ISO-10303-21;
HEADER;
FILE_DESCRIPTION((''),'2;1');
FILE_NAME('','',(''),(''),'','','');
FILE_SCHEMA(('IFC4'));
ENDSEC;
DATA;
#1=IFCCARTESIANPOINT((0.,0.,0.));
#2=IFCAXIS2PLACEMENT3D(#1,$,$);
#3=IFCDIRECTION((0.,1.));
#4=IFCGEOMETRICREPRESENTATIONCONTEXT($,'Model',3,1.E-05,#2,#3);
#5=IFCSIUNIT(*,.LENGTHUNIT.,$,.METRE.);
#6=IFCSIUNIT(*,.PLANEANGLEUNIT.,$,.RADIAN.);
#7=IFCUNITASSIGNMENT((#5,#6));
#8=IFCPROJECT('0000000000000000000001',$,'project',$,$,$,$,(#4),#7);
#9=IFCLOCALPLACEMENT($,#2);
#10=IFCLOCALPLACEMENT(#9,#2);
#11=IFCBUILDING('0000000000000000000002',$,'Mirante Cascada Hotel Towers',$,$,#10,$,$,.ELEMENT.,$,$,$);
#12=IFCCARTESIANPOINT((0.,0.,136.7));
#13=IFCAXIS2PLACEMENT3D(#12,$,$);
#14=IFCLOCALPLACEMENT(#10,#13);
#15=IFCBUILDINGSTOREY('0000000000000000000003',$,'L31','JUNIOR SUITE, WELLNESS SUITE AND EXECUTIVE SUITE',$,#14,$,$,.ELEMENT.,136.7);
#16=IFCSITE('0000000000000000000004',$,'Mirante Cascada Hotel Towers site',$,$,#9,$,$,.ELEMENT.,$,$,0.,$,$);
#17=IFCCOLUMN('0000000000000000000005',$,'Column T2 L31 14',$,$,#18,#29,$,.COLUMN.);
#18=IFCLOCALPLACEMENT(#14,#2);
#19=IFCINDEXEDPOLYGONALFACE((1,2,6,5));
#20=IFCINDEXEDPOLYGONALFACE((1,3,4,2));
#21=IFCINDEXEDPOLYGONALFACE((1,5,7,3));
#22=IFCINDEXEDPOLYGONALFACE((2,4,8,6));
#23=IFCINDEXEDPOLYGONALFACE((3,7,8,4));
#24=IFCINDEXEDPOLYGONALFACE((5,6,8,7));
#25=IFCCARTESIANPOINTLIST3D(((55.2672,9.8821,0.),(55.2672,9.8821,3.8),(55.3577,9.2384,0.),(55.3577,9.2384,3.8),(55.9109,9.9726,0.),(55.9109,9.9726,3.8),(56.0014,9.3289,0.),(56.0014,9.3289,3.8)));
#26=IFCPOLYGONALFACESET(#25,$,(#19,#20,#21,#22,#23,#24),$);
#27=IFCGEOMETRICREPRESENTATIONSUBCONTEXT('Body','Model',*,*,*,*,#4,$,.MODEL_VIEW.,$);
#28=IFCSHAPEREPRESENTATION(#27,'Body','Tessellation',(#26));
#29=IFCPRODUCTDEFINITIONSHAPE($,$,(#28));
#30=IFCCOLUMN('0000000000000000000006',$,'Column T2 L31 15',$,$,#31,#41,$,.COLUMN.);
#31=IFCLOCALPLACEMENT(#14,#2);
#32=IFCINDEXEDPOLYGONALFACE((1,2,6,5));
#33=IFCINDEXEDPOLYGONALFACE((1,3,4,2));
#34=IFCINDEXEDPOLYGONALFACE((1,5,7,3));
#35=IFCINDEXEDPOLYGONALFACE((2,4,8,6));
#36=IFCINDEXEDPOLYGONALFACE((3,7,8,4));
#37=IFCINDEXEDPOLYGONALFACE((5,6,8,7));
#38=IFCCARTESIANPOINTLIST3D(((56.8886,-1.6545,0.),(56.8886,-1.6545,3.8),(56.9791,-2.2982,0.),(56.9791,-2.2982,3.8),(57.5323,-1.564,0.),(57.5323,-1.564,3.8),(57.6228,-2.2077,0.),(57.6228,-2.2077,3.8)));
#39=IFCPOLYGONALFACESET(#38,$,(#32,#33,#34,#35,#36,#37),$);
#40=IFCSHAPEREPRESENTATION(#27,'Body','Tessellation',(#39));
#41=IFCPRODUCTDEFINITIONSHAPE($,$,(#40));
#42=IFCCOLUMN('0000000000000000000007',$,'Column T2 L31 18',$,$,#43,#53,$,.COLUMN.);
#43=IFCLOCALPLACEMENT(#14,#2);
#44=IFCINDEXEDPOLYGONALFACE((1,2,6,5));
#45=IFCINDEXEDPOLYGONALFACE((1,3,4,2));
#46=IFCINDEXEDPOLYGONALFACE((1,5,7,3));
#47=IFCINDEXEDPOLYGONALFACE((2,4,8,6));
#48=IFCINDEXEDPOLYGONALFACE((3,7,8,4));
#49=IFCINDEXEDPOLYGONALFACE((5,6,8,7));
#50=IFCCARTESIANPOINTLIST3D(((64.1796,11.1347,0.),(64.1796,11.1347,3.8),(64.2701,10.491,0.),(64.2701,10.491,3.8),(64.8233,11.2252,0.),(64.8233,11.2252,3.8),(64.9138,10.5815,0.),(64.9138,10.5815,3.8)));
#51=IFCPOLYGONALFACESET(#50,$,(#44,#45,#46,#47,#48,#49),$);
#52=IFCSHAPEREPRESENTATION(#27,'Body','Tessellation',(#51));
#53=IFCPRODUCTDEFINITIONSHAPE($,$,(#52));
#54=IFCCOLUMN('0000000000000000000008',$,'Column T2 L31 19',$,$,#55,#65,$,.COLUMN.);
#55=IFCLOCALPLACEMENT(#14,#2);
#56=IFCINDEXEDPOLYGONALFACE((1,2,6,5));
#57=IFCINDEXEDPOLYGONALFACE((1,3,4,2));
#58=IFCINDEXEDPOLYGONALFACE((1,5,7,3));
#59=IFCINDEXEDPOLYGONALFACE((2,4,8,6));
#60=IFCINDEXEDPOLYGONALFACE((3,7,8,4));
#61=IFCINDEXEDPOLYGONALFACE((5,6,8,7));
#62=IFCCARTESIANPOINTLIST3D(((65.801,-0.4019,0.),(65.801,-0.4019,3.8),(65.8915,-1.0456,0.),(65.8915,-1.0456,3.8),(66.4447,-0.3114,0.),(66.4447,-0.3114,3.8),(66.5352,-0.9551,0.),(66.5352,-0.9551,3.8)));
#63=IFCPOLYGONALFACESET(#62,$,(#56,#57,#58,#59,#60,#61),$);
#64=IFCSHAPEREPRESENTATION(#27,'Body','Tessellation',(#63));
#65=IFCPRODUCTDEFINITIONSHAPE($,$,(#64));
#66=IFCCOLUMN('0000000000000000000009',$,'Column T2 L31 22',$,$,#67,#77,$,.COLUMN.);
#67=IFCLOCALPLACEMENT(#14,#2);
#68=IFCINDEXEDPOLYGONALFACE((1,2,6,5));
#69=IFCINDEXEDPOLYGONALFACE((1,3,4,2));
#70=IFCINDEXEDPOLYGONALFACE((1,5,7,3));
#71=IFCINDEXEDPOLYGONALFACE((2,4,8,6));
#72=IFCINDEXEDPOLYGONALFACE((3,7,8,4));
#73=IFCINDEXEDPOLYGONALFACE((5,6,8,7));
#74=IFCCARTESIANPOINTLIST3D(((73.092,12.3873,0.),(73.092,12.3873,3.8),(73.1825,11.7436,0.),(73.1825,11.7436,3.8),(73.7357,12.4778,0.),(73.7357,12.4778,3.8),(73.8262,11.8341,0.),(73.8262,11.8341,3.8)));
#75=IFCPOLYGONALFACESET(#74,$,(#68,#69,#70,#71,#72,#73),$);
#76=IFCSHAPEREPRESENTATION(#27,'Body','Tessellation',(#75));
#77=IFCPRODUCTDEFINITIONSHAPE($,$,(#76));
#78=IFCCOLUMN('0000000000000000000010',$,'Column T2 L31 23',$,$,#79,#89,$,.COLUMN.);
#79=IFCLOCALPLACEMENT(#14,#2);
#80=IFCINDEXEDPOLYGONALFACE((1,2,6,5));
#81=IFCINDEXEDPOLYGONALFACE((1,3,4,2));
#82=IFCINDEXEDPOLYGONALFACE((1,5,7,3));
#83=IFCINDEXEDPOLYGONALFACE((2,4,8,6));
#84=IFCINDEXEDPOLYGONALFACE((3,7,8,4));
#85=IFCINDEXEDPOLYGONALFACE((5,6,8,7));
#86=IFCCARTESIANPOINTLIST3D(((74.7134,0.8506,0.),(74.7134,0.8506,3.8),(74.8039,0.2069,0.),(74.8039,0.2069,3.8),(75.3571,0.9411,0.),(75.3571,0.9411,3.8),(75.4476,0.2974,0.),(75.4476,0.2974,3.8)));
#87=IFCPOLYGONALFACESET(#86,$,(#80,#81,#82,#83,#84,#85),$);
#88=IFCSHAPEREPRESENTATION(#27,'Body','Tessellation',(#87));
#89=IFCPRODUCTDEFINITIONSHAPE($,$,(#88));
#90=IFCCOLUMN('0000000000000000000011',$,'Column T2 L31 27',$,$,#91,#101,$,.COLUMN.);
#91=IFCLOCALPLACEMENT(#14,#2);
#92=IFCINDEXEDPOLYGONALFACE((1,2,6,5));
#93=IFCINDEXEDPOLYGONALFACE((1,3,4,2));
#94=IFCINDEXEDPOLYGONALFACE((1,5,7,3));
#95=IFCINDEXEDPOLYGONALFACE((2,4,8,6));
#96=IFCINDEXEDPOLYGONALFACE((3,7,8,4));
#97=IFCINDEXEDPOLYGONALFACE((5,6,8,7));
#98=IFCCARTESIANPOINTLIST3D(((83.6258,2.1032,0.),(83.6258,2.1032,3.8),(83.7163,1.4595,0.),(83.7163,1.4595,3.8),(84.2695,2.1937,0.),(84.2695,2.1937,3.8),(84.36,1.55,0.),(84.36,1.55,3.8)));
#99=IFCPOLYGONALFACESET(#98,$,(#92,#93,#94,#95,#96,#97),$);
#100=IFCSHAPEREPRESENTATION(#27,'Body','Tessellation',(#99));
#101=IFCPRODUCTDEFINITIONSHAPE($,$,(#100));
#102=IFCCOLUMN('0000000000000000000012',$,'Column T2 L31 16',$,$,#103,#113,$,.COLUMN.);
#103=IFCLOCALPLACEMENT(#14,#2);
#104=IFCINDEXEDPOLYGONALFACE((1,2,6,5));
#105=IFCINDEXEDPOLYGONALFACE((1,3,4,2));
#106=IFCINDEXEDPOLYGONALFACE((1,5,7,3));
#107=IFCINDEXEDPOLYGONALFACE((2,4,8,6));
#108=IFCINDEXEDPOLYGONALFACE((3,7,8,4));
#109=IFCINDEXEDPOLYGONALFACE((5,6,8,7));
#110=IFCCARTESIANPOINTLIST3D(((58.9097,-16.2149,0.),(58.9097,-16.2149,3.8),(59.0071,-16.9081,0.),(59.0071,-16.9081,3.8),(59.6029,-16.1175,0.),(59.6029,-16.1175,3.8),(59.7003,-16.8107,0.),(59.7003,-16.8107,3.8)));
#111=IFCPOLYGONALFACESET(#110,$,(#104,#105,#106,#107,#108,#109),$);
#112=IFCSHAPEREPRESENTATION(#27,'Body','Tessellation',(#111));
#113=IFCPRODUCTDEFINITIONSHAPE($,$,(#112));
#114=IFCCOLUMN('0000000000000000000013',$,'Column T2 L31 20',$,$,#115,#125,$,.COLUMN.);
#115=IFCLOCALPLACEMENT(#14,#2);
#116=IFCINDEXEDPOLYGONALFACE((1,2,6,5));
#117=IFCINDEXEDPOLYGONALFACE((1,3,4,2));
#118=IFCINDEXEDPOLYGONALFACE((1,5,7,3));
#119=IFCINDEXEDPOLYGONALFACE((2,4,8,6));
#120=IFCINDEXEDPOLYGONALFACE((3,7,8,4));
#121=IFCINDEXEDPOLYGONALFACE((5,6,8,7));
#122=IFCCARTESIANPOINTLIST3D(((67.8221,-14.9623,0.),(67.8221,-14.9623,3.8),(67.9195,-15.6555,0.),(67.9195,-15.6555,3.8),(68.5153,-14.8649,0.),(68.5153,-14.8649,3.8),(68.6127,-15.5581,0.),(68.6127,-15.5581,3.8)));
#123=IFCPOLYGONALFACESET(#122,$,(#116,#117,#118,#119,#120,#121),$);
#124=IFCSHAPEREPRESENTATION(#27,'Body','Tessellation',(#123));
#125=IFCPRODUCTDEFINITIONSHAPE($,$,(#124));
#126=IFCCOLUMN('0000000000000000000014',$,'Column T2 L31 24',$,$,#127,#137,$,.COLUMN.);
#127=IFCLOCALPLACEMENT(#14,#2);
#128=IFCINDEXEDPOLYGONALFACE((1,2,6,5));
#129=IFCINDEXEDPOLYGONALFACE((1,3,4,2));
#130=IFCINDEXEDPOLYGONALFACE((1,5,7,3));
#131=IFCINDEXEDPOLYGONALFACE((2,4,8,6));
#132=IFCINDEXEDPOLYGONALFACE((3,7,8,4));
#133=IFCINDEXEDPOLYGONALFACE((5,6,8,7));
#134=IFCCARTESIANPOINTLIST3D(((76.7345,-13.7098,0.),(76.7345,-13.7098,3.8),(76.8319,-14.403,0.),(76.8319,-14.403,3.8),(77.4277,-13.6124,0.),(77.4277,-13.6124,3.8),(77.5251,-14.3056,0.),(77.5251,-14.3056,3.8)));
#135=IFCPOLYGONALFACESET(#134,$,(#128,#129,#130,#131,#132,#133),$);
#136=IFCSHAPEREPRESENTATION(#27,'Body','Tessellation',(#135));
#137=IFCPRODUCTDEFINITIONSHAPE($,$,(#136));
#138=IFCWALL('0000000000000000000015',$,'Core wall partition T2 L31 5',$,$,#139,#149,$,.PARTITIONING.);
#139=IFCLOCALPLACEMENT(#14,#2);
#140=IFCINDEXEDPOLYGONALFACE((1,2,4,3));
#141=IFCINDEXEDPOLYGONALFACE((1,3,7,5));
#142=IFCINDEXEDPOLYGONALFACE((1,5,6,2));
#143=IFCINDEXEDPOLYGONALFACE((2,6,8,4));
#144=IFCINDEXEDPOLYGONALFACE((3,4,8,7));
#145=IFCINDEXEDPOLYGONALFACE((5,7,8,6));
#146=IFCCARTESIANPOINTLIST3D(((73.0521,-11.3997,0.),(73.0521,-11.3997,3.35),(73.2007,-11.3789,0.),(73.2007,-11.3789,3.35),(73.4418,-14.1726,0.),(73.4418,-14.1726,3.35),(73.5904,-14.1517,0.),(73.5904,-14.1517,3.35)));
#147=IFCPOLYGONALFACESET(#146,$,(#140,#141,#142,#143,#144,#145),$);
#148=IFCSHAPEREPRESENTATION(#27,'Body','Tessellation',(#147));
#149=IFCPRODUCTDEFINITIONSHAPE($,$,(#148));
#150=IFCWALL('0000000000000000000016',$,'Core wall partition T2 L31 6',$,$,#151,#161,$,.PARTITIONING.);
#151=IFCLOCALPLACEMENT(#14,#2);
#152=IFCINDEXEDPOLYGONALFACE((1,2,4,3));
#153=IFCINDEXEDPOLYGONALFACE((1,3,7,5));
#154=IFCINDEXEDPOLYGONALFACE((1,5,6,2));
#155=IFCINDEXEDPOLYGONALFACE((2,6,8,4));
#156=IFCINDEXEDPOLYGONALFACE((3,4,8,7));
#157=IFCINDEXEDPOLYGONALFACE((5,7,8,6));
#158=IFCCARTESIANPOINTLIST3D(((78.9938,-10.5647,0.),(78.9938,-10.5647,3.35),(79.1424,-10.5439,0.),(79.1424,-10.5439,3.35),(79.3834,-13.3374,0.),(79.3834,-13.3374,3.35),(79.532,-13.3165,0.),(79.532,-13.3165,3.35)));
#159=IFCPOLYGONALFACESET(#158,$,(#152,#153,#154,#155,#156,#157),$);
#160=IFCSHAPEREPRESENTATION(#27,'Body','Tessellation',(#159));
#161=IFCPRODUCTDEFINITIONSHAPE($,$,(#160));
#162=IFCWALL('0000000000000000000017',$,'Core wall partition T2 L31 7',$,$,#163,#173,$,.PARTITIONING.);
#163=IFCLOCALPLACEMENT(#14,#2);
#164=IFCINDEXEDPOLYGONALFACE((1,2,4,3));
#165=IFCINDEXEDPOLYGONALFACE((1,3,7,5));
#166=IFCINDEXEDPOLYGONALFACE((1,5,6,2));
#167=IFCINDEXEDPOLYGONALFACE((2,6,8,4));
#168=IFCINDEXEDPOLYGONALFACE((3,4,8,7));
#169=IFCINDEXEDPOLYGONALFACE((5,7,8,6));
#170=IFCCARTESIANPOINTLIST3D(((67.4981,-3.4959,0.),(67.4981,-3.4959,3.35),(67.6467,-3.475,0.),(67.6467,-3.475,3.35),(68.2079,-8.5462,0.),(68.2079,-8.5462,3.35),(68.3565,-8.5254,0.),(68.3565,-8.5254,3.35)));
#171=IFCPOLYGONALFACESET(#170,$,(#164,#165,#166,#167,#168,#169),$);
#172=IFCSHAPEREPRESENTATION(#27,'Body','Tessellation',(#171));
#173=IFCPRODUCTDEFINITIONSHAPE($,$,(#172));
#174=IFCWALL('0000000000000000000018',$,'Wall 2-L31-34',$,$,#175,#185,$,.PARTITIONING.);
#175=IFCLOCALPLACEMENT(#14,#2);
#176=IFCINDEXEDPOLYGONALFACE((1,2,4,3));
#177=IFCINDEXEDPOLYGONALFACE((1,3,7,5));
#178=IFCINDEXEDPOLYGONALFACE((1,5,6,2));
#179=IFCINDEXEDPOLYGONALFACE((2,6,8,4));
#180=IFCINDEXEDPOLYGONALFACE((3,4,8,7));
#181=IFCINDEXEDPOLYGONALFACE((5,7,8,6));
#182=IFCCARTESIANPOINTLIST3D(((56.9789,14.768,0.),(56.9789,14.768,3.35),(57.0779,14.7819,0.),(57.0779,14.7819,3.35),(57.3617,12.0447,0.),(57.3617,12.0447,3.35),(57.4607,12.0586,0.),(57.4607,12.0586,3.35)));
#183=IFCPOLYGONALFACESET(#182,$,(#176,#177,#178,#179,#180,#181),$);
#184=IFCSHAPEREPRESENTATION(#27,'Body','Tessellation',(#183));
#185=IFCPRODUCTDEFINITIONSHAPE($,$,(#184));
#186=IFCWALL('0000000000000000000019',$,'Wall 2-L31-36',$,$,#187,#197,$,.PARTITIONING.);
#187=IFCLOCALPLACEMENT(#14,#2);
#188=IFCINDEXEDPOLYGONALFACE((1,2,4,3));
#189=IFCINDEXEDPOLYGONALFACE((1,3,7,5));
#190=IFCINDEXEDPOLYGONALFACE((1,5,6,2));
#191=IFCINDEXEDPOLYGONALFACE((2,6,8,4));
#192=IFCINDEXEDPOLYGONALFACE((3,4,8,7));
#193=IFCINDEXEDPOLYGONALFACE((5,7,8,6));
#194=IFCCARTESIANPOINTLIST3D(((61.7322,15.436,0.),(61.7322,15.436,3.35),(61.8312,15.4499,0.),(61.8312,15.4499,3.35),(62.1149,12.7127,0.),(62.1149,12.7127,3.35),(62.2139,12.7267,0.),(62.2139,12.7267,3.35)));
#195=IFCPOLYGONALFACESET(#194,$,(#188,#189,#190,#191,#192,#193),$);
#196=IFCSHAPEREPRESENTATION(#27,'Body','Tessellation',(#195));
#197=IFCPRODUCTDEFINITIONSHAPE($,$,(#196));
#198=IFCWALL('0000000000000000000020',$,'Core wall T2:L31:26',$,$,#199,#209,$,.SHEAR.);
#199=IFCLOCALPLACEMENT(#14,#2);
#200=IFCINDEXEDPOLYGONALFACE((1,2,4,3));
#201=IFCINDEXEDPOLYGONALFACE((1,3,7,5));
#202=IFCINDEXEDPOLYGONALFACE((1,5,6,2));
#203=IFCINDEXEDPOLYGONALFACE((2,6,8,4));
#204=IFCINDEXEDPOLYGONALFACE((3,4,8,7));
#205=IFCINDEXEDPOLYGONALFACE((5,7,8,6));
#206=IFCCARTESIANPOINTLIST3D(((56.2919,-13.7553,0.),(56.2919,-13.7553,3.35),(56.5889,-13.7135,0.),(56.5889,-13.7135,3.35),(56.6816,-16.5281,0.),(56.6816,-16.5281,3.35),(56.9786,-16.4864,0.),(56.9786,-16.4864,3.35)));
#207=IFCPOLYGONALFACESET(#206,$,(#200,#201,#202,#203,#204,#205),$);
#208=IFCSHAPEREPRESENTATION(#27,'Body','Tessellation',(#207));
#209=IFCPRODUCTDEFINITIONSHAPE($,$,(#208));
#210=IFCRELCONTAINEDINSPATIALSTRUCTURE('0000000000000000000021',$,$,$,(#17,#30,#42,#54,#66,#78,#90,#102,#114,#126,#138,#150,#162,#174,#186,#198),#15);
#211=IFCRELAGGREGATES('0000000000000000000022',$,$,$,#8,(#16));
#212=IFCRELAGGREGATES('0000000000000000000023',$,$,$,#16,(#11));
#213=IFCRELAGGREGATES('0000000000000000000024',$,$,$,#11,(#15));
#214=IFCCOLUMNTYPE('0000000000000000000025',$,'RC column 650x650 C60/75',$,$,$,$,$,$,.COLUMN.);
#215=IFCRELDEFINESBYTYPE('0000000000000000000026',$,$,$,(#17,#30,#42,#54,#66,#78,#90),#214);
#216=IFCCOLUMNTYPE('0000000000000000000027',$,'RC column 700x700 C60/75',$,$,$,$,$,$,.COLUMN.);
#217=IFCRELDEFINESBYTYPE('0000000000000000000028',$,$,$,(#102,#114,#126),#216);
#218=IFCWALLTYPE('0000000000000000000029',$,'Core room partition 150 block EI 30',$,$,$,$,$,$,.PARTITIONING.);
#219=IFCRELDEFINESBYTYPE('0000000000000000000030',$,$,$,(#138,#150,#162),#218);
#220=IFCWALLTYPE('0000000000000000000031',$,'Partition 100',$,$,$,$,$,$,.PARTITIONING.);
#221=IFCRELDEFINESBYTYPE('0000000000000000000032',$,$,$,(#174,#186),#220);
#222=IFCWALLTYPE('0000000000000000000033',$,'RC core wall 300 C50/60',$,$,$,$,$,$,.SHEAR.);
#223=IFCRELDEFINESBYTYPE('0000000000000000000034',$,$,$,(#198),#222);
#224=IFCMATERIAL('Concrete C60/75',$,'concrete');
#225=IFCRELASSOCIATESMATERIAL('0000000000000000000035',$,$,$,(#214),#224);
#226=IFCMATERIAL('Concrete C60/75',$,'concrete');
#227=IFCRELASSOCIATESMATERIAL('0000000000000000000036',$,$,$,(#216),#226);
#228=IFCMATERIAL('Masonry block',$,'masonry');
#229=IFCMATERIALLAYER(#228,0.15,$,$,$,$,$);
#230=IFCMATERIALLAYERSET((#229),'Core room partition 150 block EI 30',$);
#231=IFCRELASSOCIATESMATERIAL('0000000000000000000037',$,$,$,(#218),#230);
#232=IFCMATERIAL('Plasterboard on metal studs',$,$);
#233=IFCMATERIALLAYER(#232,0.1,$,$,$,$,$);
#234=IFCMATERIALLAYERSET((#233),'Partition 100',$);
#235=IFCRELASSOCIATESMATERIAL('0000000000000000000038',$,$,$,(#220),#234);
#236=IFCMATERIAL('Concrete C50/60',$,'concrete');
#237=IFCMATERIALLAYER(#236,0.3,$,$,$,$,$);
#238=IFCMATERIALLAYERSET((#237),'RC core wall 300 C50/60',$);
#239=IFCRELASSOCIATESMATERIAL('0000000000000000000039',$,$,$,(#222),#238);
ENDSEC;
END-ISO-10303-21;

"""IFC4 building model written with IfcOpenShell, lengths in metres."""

from ifc_helpers import new_model, si_unit, direction, frame, frame_2d, origin, origin_2d, place, context, subcontext, project, spatial, rectangle, extrude, material, layer, layer_set, material_profile, profile_set, type_object, element, save


model = new_model("IFC4")

# Units and contexts
model_context = context("Model", 3, precision=1e-05, world=origin(), true_north=direction((0.0, 1.0)))
body_context = subcontext(model_context, "Body", "Model", "MODEL_VIEW")
ifc_project = project(units=[si_unit("LENGTHUNIT", "METRE"), si_unit("PLANEANGLEUNIT", "RADIAN")], contexts=[model_context])

# Site, building, storey
site_placement = place(None, origin())
site = spatial("IfcSite", under=ifc_project, at=site_placement, Name="Mirante Cascada Hotel Towers site", CompositionType="ELEMENT", RefElevation=0.0)
building_placement = place(site_placement, origin())
building = spatial("IfcBuilding", under=site, at=building_placement, Name="Mirante Cascada Hotel Towers", CompositionType="ELEMENT")
storey_placement = place(building_placement, frame((0.0, 0.0, 136.7)))
storey = spatial("IfcBuildingStorey", under=building, at=storey_placement, Name="L31", Description="JUNIOR SUITE, WELLNESS SUITE AND EXECUTIVE SUITE", CompositionType="ELEMENT", Elevation=136.7)

# Columns
ifc_material_1 = material(Name="Concrete C60/75", Category="concrete")
ifc_material_profile_1 = material_profile(ifc_material_1, rectangle(XDim=0.65, YDim=0.65, at=origin_2d()), Name="RC column 650x650 C60/75")
ifc_profile_set_1 = profile_set([ifc_material_profile_1], Name="Concrete C60/75")
column_type_1 = type_object("IfcColumnType", Name="RC column 650x650 C60/75", PredefinedType="COLUMN", material=ifc_profile_set_1)
for number, where, z_axis, x_axis, name in (
    (1, (55.6343, 9.6055, 0.0), (0.0, 0.0, 1.0), (0.990268, 0.139173, 0.0), "Column T2 L31 14"),
    (2, (57.2557, -1.9311, 0.0), (0.0, 0.0, 1.0), (0.990268, 0.139173, 0.0), "Column T2 L31 15"),
    (3, (64.5467, 10.8581, 0.0), (0.0, 0.0, 1.0), (0.990268, 0.139173, 0.0), "Column T2 L31 18"),
    (4, (66.1681, -0.6785, 0.0), (0.0, 0.0, 1.0), (0.990268, 0.139173, 0.0), "Column T2 L31 19"),
    (5, (73.4591, 12.1107, 0.0), (0.0, 0.0, 1.0), (0.990268, 0.139173, 0.0), "Column T2 L31 22"),
    (6, (75.0805, 0.574, 0.0), (0.0, 0.0, 1.0), (0.990268, 0.139173, 0.0), "Column T2 L31 23"),
    (7, (83.9929, 1.8266, 0.0), (0.0, 0.0, 1.0), (0.990268, 0.139173, 0.0), "Column T2 L31 27"),
):
    element("IfcColumn", number, at=place(storey_placement, frame(where, z_axis=z_axis, x_axis=x_axis)), inside=storey, type_object=column_type_1, Name=name, PredefinedType="COLUMN", context=body_context, shape_type="SweptSolid", body=[
        extrude(rectangle(XDim=0.65, YDim=0.65, at=origin_2d()), origin(), (0.0, 0.0, 1.0), 3.8),
    ])
ifc_material_2 = material(Name="Concrete C60/75", Category="concrete")
ifc_material_profile_2 = material_profile(ifc_material_2, rectangle(XDim=0.7, YDim=0.7, at=origin_2d()), Name="RC column 700x700 C60/75")
ifc_profile_set_2 = profile_set([ifc_material_profile_2], Name="Concrete C60/75")
column_type_2 = type_object("IfcColumnType", Name="RC column 700x700 C60/75", PredefinedType="COLUMN", material=ifc_profile_set_2)
for number, where, z_axis, x_axis, name in (
    (8, (59.305, -16.5128, 0.0), (0.0, 0.0, 1.0), (0.990268, 0.139173, 0.0), "Column T2 L31 16"),
    (9, (68.2174, -15.2602, 0.0), (0.0, 0.0, 1.0), (0.990268, 0.139173, 0.0), "Column T2 L31 20"),
    (10, (77.1298, -14.0077, 0.0), (0.0, 0.0, 1.0), (0.990268, 0.139173, 0.0), "Column T2 L31 24"),
):
    element("IfcColumn", number, at=place(storey_placement, frame(where, z_axis=z_axis, x_axis=x_axis)), inside=storey, type_object=column_type_2, Name=name, PredefinedType="COLUMN", context=body_context, shape_type="SweptSolid", body=[
        extrude(rectangle(XDim=0.7, YDim=0.7, at=origin_2d()), origin(), (0.0, 0.0, 1.0), 3.8),
    ])

# Walls
ifc_material_3 = material(Name="Masonry block", Category="masonry")
ifc_layer_1 = layer(ifc_material_3, 0.15)
ifc_layer_set_1 = layer_set([ifc_layer_1], Name="Core room partition 150 block EI 30")
wall_type_1 = type_object("IfcWallType", Name="Core room partition 150 block EI 30", PredefinedType="PARTITIONING", material=ifc_layer_set_1)
wall_1_placement = place(storey_placement, frame((73.5161, -14.1621, 0.0), z_axis=(0.0, 0.0, 1.0), x_axis=(-0.139176, 0.990268, 0.0)))
element("IfcWall", 11, at=wall_1_placement, inside=storey, type_object=wall_type_1, Name="Core wall partition T2 L31 5", PredefinedType="PARTITIONING", context=body_context, shape_type="SweptSolid", body=[
    extrude(rectangle(XDim=2.8001, YDim=0.15, at=frame_2d((1.4, 0.0))), origin(), (0.0, 0.0, 1.0), 3.35),
])
wall_2_placement = place(storey_placement, frame((79.4577, -13.327, 0.0), z_axis=(0.0, 0.0, 1.0), x_axis=(-0.139146, 0.990272, 0.0)))
element("IfcWall", 12, at=wall_2_placement, inside=storey, type_object=wall_type_1, Name="Core wall partition T2 L31 6", PredefinedType="PARTITIONING", context=body_context, shape_type="SweptSolid", body=[
    extrude(rectangle(XDim=2.7999, YDim=0.15, at=frame_2d((1.4, 0.0))), origin(), (0.0, 0.0, 1.0), 3.35),
])
wall_3_placement = place(storey_placement, frame((68.2822, -8.5358, 0.0), z_axis=(0.0, 0.0, 1.0), x_axis=(-0.139176, 0.990268, 0.0)))
element("IfcWall", 13, at=wall_3_placement, inside=storey, type_object=wall_type_1, Name="Core wall partition T2 L31 7", PredefinedType="PARTITIONING", context=body_context, shape_type="SweptSolid", body=[
    extrude(rectangle(XDim=5.1, YDim=0.15, at=frame_2d((2.55, 0.0))), origin(), (0.0, 0.0, 1.0), 3.35),
])
ifc_material_4 = material(Name="Plasterboard on metal studs")
ifc_layer_2 = layer(ifc_material_4, 0.1)
ifc_layer_set_2 = layer_set([ifc_layer_2], Name="Partition 100")
wall_type_2 = type_object("IfcWallType", Name="Partition 100", PredefinedType="PARTITIONING", material=ifc_layer_set_2)
wall_4_placement = place(storey_placement, frame((57.4112, 12.0516, 0.0), z_axis=(0.0, 0.0, 1.0), x_axis=(-0.139196, 0.990265, 0.0)))
element("IfcWall", 14, at=wall_4_placement, inside=storey, type_object=wall_type_2, Name="Wall 2-L31-34", PredefinedType="PARTITIONING", context=body_context, shape_type="SweptSolid", body=[
    extrude(rectangle(XDim=2.7501, YDim=0.1, at=frame_2d((1.3751, 0.0))), origin(), (0.0, 0.0, 1.0), 3.35),
])
wall_5_placement = place(storey_placement, frame((62.1644, 12.7197, 0.0), z_axis=(0.0, 0.0, 1.0), x_axis=(-0.139166, 0.990269, 0.0)))
element("IfcWall", 15, at=wall_5_placement, inside=storey, type_object=wall_type_2, Name="Wall 2-L31-36", PredefinedType="PARTITIONING", context=body_context, shape_type="SweptSolid", body=[
    extrude(rectangle(XDim=2.75, YDim=0.1, at=frame_2d((1.375, 0.0))), origin(), (0.0, 0.0, 1.0), 3.35),
])
ifc_material_5 = material(Name="Concrete C50/60", Category="concrete")
ifc_layer_3 = layer(ifc_material_5, 0.3)
ifc_layer_set_3 = layer_set([ifc_layer_3], Name="RC core wall 300 C50/60")
wall_type_3 = type_object("IfcWallType", Name="RC core wall 300 C50/60", PredefinedType="SHEAR", material=ifc_layer_set_3)
for number, where, z_axis, x_axis, name in (
    (16, (56.8301, -16.5072, 0.0), (0.0, 0.0, 1.0), (-0.139176, 0.990268, 0.0), "Core wall T2:L31:26"),
):
    element("IfcWall", number, at=place(storey_placement, frame(where, z_axis=z_axis, x_axis=x_axis)), inside=storey, type_object=wall_type_3, Name=name, PredefinedType="SHEAR", context=body_context, shape_type="SweptSolid", body=[
        extrude(rectangle(XDim=2.8001, YDim=0.3, at=frame_2d((1.4, 0.0))), origin(), (0.0, 0.0, 1.0), 3.35),
    ])

save(model, "model.ifc")
